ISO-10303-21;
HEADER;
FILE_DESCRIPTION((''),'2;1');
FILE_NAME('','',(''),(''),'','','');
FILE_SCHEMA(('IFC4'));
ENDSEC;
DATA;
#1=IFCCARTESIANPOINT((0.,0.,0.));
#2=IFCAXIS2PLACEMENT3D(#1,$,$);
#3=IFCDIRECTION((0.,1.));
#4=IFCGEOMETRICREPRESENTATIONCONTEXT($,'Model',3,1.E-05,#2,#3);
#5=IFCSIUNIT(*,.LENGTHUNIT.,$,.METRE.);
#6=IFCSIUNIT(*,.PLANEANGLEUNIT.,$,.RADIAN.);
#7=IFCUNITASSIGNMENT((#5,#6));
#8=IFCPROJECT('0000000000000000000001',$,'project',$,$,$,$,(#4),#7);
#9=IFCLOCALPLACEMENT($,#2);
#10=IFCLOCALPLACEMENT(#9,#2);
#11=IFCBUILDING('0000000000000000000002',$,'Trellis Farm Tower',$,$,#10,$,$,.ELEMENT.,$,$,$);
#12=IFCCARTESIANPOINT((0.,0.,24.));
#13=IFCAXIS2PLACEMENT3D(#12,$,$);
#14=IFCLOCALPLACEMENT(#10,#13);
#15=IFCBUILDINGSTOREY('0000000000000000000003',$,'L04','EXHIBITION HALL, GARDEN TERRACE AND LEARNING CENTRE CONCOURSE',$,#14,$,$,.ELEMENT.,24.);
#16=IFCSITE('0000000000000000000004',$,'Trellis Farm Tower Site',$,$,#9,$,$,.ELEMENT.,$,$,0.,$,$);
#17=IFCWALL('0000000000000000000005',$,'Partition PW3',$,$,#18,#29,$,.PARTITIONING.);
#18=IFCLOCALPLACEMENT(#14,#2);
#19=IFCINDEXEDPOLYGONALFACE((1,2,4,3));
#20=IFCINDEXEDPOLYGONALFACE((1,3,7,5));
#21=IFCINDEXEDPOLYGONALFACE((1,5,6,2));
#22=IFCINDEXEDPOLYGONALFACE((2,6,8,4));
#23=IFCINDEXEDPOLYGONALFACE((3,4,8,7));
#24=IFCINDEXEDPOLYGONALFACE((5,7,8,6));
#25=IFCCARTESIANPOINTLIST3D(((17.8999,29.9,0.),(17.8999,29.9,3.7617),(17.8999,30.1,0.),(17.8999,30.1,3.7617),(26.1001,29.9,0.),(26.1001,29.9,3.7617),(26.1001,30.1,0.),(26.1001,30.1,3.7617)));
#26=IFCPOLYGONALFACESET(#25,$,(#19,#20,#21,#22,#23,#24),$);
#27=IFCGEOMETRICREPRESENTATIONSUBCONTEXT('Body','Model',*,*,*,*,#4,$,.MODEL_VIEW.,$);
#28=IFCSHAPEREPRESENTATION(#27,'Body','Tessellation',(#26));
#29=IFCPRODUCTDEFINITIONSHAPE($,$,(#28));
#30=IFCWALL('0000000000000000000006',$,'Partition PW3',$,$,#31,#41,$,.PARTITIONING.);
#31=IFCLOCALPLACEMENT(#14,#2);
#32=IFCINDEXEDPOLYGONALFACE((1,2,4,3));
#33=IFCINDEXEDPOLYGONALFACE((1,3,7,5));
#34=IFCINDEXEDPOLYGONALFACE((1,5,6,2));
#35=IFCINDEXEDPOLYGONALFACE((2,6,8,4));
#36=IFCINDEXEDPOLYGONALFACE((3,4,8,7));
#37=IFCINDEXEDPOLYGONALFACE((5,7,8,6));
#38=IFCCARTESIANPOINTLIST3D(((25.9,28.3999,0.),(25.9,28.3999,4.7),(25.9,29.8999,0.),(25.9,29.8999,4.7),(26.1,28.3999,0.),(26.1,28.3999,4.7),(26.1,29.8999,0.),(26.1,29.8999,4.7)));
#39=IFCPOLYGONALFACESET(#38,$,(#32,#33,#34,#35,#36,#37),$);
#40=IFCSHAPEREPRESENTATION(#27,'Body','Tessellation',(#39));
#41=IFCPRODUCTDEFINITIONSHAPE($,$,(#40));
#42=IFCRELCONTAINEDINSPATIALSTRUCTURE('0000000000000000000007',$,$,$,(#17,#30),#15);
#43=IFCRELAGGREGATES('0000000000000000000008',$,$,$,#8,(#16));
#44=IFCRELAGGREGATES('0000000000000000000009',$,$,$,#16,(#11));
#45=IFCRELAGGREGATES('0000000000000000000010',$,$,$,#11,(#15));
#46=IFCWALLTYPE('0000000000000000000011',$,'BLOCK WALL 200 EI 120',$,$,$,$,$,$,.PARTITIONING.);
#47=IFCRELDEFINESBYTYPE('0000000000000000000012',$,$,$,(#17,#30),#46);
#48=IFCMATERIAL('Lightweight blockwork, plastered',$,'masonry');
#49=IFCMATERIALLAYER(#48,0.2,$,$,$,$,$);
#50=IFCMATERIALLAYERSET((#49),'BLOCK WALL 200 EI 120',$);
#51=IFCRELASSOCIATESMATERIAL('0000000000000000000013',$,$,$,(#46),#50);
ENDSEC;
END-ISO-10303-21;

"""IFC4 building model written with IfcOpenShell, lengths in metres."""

from ifc_helpers import new_model, si_unit, direction, frame, frame_2d, origin, place, context, subcontext, project, spatial, rectangle, extrude, source, transform, mapped, material, layer, layer_set, type_object, element, save


model = new_model("IFC4")

# Units and contexts
model_context = context("Model", 3, precision=1e-05, world=origin(), true_north=direction((0.0, 1.0)))
body_context = subcontext(model_context, "Body", "Model", "MODEL_VIEW")
ifc_project = project(units=[si_unit("LENGTHUNIT", "METRE"), si_unit("PLANEANGLEUNIT", "RADIAN")], contexts=[model_context])

# Site, building, storey
site_placement = place(None, origin())
site = spatial("IfcSite", under=ifc_project, at=site_placement, Name="Trellis Farm Tower Site", CompositionType="ELEMENT", RefElevation=0.0)
building_placement = place(site_placement, origin())
building = spatial("IfcBuilding", under=site, at=building_placement, Name="Trellis Farm Tower", CompositionType="ELEMENT")
storey_placement = place(building_placement, frame((0.0, 0.0, 24.0)))
storey = spatial("IfcBuildingStorey", under=building, at=storey_placement, Name="L04", Description="EXHIBITION HALL, GARDEN TERRACE AND LEARNING CENTRE CONCOURSE", CompositionType="ELEMENT", Elevation=24.0)

# Walls
ifc_material = material(Name="Lightweight blockwork, plastered", Category="masonry")
ifc_layer = layer(ifc_material, 0.2)
ifc_layer_set = layer_set([ifc_layer], Name="BLOCK WALL 200 EI 120")
wall_type = type_object("IfcWallType", Name="BLOCK WALL 200 EI 120", PredefinedType="PARTITIONING", material=ifc_layer_set)
shared_shape_1 = source(origin(), body_context, "Body", "SweptSolid", [
    extrude(rectangle(XDim=8.2002, YDim=0.2, at=frame_2d((4.1001, 0.0))), origin(), (0.0, 0.0, 1.0), 3.7617),
])
wall_1_placement = place(storey_placement, frame((26.1001, 30.0, 0.0), z_axis=(0.0, 0.0, 1.0), x_axis=(-1.0, 0.0, 0.0)))
element("IfcWall", 1, at=wall_1_placement, inside=storey, type_object=wall_type, Name="Partition PW3", PredefinedType="PARTITIONING", context=body_context, shape_type="MappedRepresentation", body=[
    mapped(shared_shape_1, transform((0.0, 0.0, 0.0))),
])
shared_shape_2 = source(origin(), body_context, "Body", "SweptSolid", [
    extrude(rectangle(XDim=1.5, YDim=0.2, at=frame_2d((0.75, 0.0))), origin(), (0.0, 0.0, 1.0), 4.7),
])
wall_2_placement = place(storey_placement, frame((26.0, 29.8999, 0.0), z_axis=(0.0, 0.0, 1.0), x_axis=(0.0, -1.0, 0.0)))
element("IfcWall", 2, at=wall_2_placement, inside=storey, type_object=wall_type, Name="Partition PW3", PredefinedType="PARTITIONING", context=body_context, shape_type="MappedRepresentation", body=[
    mapped(shared_shape_2, transform((0.0, 0.0, 0.0))),
])

save(model, "model.ifc")
